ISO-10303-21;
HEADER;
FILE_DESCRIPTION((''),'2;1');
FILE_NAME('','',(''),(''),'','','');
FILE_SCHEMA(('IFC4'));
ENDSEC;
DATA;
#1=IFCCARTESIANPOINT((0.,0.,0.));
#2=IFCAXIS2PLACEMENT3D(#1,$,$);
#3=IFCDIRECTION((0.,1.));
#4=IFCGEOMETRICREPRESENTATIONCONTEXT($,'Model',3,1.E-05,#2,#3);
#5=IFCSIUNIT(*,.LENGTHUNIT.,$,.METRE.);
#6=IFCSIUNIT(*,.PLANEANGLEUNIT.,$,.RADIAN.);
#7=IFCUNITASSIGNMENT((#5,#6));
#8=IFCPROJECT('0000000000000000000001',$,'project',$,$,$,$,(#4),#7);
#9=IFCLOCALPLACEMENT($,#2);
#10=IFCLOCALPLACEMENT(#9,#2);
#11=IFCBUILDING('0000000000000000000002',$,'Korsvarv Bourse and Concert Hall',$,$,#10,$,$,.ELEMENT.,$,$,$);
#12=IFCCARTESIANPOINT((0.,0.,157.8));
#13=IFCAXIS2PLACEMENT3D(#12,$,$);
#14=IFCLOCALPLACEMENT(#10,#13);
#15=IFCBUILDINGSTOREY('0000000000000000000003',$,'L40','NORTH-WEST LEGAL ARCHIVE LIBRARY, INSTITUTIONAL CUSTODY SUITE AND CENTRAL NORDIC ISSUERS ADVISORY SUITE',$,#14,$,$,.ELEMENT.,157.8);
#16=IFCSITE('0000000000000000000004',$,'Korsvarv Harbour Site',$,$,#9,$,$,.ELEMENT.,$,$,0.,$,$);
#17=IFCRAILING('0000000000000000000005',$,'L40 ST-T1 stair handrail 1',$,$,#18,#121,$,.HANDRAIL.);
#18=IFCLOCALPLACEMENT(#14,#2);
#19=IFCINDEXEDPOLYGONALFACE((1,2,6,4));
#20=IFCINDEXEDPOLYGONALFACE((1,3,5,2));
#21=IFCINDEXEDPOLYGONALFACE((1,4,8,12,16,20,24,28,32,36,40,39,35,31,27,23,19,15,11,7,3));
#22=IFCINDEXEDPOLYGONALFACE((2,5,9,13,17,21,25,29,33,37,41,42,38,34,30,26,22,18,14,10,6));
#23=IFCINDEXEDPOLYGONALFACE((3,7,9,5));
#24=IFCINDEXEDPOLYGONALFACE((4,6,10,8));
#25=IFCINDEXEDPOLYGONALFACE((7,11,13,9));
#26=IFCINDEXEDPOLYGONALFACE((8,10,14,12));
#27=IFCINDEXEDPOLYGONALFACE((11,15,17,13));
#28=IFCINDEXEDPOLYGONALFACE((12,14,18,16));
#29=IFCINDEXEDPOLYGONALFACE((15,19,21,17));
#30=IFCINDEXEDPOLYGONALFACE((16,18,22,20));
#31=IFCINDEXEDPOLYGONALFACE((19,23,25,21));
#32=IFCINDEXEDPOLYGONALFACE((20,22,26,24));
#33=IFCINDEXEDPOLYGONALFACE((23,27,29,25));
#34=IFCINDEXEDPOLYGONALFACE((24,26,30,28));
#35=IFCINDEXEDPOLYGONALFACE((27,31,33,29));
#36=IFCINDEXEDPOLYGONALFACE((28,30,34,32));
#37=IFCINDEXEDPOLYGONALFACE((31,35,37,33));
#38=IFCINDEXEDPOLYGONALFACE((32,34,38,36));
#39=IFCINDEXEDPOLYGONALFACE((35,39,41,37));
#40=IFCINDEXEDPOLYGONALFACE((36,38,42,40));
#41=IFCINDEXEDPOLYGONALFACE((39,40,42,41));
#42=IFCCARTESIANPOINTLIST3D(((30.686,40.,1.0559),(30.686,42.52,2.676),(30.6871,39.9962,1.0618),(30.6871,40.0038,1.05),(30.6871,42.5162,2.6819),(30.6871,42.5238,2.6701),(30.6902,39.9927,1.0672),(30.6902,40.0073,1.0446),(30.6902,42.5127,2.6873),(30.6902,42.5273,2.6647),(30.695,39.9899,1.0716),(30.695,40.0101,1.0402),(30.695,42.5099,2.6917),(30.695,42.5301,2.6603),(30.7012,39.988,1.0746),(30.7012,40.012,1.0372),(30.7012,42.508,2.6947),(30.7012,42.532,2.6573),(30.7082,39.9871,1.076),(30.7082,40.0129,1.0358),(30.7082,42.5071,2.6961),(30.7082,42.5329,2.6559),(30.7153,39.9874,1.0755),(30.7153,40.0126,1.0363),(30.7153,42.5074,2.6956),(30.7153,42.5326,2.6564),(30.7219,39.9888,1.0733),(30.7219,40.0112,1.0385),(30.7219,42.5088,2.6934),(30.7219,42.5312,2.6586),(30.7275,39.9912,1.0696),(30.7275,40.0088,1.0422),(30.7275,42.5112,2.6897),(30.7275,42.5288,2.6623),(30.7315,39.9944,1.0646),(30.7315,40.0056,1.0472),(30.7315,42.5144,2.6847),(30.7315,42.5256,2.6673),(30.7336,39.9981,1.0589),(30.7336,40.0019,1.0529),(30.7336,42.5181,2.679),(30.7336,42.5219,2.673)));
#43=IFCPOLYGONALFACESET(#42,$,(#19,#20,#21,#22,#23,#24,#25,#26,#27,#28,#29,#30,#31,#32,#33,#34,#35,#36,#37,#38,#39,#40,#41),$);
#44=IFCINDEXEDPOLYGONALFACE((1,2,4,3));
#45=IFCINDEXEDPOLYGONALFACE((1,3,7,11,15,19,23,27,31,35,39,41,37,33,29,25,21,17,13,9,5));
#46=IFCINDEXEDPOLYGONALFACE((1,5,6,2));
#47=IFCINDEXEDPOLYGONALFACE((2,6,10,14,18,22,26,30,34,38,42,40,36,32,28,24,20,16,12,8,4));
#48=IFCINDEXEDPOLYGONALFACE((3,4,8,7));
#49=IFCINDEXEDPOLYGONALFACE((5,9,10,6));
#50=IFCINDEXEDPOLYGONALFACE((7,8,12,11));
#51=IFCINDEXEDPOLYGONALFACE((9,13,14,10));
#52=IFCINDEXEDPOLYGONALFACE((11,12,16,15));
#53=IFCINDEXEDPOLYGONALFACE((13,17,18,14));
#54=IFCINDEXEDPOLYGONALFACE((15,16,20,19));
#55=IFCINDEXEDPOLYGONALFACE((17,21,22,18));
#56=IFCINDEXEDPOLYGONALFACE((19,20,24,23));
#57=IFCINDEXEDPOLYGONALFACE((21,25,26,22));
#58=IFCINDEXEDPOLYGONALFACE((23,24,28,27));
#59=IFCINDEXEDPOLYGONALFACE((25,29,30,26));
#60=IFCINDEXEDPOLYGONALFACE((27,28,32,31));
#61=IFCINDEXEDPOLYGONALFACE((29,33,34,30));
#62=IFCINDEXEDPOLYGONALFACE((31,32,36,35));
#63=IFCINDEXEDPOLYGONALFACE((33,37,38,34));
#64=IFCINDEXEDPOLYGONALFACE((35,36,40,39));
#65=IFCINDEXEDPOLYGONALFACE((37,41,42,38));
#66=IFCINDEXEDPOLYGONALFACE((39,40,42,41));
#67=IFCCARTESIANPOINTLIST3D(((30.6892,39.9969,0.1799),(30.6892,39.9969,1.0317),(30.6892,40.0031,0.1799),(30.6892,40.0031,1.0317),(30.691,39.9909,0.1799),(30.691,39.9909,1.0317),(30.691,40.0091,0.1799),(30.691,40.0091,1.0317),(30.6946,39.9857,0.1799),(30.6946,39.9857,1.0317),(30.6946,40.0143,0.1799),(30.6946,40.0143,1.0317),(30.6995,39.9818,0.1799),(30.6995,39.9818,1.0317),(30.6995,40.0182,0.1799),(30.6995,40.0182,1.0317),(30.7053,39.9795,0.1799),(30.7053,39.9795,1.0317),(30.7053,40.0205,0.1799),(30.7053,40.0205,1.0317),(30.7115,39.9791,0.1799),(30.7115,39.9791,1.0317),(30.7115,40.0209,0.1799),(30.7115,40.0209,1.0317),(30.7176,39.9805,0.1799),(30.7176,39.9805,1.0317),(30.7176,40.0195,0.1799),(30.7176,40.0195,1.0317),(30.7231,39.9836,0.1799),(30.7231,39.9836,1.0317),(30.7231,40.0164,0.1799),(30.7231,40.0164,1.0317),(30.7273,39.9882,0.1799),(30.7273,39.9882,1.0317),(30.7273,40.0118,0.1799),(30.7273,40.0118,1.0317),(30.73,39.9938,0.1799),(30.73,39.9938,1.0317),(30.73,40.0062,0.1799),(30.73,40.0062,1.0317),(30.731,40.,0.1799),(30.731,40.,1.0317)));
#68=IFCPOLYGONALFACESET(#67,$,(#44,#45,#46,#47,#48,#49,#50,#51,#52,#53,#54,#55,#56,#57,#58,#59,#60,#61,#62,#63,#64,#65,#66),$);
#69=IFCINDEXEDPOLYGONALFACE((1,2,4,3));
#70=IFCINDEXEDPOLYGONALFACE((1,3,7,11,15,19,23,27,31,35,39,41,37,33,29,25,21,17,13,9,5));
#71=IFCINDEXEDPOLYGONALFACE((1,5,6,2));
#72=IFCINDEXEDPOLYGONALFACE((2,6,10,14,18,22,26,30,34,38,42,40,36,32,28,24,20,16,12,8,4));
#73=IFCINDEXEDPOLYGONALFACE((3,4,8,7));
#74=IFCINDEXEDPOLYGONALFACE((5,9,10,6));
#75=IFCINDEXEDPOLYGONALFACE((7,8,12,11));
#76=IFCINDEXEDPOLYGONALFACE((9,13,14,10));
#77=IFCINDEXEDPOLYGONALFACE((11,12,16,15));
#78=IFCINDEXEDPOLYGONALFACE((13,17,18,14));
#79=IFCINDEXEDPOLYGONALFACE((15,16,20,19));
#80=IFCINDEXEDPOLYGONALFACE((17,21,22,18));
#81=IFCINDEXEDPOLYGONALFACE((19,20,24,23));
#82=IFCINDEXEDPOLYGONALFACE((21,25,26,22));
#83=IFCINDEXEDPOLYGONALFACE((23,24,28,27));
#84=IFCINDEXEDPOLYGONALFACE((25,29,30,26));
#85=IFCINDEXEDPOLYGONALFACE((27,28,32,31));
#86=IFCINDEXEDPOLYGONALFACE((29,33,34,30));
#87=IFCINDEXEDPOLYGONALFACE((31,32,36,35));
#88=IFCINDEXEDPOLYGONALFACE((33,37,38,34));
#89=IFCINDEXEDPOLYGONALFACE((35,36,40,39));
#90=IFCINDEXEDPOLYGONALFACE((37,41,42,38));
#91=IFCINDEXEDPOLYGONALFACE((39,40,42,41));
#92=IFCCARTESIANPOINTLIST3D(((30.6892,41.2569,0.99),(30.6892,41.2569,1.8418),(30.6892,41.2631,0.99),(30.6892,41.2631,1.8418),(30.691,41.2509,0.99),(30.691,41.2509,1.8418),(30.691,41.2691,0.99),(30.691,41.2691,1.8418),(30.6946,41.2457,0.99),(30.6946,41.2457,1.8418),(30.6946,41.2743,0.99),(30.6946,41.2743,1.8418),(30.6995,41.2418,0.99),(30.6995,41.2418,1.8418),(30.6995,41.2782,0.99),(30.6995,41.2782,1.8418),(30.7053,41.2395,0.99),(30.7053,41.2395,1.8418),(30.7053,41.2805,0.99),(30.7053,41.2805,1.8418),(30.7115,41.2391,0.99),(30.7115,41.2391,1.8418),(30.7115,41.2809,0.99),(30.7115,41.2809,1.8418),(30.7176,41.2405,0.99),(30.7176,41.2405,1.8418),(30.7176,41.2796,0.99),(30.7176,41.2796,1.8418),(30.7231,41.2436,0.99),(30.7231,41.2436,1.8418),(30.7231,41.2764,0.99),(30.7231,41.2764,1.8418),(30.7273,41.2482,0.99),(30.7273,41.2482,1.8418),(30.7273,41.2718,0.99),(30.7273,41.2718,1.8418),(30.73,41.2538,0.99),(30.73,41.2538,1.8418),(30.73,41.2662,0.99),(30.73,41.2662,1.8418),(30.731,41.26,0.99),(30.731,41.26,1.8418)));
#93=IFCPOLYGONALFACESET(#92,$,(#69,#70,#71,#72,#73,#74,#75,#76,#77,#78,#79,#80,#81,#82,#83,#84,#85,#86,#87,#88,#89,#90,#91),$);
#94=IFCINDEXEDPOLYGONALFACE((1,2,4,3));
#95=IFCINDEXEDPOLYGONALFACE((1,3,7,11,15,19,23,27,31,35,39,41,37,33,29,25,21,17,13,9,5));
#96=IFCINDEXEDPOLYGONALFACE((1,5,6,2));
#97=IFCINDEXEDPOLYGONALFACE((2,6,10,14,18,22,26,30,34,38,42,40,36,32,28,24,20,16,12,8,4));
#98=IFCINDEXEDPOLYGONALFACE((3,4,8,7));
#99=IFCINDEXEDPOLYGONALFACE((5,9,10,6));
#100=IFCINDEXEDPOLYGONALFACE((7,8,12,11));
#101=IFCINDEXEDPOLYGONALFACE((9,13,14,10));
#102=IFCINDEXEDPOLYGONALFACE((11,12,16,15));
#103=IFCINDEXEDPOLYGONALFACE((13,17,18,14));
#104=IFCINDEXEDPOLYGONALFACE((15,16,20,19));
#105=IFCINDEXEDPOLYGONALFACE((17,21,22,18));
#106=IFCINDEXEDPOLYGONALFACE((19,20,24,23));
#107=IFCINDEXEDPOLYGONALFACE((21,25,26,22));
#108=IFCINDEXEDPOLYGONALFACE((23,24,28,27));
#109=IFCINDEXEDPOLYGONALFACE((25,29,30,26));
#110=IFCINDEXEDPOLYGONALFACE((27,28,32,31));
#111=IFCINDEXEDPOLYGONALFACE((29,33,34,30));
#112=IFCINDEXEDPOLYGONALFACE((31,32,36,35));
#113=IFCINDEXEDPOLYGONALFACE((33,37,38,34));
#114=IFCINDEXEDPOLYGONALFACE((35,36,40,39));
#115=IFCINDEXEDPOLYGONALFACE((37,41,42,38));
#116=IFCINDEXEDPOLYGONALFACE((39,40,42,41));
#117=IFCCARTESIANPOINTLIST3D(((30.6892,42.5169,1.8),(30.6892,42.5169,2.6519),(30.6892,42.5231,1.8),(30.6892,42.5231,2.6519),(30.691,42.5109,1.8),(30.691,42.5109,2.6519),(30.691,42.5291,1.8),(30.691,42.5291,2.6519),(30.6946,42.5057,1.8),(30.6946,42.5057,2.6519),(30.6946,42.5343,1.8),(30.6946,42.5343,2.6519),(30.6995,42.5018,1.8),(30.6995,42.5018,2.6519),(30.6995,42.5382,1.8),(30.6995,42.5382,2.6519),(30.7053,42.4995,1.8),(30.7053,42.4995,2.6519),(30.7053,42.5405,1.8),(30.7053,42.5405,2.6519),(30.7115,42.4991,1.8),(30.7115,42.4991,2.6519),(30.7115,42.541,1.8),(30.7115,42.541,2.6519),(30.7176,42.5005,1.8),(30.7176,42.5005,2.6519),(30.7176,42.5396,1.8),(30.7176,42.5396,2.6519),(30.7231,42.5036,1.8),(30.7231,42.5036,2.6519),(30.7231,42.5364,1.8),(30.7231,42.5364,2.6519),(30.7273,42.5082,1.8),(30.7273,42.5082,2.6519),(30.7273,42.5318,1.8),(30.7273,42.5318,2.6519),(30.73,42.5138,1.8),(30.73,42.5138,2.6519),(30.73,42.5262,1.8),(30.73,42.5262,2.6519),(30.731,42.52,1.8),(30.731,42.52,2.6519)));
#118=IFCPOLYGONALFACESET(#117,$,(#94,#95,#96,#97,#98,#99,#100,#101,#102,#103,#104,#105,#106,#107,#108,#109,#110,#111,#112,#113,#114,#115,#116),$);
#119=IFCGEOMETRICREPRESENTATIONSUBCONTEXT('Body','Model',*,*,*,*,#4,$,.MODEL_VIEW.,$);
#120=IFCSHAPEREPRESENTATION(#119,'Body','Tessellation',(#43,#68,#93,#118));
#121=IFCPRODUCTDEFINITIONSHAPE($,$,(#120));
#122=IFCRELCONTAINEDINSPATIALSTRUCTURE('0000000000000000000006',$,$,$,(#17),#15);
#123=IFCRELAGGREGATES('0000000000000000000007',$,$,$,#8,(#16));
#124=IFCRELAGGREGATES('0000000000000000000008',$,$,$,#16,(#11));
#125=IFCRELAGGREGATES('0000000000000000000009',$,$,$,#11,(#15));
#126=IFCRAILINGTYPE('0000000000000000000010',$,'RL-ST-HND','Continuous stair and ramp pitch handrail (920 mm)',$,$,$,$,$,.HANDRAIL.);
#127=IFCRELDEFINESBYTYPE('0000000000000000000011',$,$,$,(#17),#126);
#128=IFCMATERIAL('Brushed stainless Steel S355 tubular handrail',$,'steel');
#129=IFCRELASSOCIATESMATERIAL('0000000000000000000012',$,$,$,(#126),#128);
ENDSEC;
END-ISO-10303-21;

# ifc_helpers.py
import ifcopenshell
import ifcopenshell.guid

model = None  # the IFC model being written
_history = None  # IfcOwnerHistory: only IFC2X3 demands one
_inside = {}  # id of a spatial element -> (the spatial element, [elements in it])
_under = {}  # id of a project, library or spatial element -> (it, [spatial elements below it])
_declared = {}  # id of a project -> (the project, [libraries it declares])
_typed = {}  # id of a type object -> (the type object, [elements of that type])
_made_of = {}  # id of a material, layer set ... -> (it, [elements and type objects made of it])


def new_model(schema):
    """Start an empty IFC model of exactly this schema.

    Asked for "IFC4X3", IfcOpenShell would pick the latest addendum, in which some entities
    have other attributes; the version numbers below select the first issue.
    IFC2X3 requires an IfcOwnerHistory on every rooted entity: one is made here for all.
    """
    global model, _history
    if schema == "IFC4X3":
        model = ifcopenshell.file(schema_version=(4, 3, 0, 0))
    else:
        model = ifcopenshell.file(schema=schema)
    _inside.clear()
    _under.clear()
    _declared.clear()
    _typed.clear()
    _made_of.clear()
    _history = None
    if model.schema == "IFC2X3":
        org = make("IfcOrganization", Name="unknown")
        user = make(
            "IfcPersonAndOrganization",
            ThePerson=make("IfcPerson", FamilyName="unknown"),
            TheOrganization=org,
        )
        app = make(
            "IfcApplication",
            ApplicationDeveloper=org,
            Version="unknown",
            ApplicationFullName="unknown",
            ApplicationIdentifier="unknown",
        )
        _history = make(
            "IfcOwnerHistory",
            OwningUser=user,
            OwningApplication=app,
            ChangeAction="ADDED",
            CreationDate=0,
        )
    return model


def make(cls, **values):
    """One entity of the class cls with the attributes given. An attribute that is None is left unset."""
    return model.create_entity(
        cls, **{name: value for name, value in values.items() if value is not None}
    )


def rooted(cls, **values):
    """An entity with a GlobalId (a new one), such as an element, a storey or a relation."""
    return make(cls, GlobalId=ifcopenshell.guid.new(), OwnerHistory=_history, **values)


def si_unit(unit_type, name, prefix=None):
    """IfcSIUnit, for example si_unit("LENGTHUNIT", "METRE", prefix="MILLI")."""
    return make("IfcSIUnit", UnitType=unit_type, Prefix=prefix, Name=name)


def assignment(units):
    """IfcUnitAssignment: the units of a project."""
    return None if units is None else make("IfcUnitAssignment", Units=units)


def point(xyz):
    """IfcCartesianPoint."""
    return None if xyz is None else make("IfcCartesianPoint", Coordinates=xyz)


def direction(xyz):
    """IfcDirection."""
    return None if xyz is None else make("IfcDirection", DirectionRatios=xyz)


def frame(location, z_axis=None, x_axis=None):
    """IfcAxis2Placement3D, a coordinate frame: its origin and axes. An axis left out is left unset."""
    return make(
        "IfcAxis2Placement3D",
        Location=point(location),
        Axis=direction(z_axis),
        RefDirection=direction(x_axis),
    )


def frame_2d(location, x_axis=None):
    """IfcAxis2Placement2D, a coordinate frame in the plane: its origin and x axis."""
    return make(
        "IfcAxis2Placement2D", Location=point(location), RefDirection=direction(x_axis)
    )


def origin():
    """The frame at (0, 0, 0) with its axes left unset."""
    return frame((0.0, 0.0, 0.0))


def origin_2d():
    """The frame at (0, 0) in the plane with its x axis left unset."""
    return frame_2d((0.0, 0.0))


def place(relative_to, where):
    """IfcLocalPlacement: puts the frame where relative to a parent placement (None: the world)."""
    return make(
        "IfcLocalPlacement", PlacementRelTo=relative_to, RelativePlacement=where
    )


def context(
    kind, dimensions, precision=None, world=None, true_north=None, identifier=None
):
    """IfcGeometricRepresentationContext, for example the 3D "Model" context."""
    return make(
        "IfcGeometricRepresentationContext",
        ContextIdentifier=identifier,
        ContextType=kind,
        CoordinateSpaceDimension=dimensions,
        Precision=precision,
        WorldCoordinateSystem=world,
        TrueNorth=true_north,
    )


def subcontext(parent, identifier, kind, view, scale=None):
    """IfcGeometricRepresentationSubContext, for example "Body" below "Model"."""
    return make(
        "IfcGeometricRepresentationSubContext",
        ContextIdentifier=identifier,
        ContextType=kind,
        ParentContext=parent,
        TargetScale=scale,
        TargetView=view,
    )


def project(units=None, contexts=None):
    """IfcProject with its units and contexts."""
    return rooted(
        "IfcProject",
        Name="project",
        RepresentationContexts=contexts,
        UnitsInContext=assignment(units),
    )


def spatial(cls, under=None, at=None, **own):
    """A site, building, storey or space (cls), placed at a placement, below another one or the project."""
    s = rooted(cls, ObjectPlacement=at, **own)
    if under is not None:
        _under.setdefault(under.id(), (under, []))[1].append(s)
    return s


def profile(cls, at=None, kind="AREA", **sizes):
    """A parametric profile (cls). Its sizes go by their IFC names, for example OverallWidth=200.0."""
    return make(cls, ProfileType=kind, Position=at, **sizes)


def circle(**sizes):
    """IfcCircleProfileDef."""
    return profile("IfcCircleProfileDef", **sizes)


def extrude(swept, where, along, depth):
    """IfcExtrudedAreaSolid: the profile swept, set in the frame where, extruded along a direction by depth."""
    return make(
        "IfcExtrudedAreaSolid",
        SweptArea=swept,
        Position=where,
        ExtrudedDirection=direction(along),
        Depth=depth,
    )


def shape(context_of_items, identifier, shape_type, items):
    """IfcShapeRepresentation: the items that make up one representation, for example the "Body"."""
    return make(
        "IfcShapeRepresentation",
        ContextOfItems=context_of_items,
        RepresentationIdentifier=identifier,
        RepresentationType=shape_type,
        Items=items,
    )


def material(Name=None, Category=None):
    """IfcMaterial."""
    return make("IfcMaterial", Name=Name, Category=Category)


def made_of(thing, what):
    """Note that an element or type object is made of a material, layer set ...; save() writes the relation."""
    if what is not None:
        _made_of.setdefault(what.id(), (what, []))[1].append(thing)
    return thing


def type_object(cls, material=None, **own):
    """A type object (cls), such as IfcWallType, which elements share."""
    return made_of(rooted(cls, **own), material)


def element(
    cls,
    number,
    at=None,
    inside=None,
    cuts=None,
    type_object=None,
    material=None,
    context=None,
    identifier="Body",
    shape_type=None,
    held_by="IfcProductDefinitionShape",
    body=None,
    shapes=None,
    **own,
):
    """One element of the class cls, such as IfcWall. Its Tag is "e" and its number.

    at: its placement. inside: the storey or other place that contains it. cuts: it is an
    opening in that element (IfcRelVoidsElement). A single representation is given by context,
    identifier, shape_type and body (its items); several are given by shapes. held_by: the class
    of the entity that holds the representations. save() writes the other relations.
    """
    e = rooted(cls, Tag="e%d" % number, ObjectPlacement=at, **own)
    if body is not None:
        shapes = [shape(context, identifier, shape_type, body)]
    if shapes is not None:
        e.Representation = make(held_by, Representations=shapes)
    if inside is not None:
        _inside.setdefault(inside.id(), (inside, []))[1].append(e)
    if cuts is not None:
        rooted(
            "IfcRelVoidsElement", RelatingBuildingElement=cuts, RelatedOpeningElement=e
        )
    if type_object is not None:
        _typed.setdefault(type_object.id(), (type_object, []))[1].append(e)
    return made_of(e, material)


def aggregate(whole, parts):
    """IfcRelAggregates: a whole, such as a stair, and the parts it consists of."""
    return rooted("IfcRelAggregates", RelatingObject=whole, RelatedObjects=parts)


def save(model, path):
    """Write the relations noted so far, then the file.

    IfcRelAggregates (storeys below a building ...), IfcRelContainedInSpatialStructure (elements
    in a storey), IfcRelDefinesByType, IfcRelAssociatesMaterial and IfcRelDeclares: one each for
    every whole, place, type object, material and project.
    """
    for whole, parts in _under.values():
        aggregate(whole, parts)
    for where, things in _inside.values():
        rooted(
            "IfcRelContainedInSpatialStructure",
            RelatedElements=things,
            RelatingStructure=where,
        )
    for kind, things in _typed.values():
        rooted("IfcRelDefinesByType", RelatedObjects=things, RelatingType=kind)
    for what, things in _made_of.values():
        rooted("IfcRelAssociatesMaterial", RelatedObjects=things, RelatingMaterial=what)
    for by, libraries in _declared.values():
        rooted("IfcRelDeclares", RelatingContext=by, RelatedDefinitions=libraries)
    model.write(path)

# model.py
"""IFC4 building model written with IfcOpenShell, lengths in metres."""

from ifc_helpers import new_model, si_unit, direction, frame, origin, origin_2d, place, context, subcontext, project, spatial, circle, extrude, material, type_object, element, save


model = new_model("IFC4")

# Units and contexts
model_context = context("Model", 3, precision=1e-05, world=origin(), true_north=direction((0.0, 1.0)))
body_context = subcontext(model_context, "Body", "Model", "MODEL_VIEW")
ifc_project = project(units=[si_unit("LENGTHUNIT", "METRE"), si_unit("PLANEANGLEUNIT", "RADIAN")], contexts=[model_context])

# Site, building, storey
site_placement = place(None, origin())
site = spatial("IfcSite", under=ifc_project, at=site_placement, Name="Korsvarv Harbour Site", CompositionType="ELEMENT", RefElevation=0.0)
building_placement = place(site_placement, origin())
building = spatial("IfcBuilding", under=site, at=building_placement, Name="Korsvarv Bourse and Concert Hall", CompositionType="ELEMENT")
storey_placement = place(building_placement, frame((0.0, 0.0, 157.8)))
storey = spatial("IfcBuildingStorey", under=building, at=storey_placement, Name="L40", Description="NORTH-WEST LEGAL ARCHIVE LIBRARY, INSTITUTIONAL CUSTODY SUITE AND CENTRAL NORDIC ISSUERS ADVISORY SUITE", CompositionType="ELEMENT", Elevation=157.8)

# Railing
ifc_material_1 = material(Name="Brushed stainless Steel S355 tubular handrail", Category="steel")
railing_type_1 = type_object("IfcRailingType", Name="RL-ST-HND", Description="Continuous stair and ramp pitch handrail (920 mm)", PredefinedType="HANDRAIL", material=ifc_material_1)
railing_1_placement = place(storey_placement, frame((30.71, 40.0, 0.1799)))
element("IfcRailing", 1, at=railing_1_placement, inside=storey, type_object=railing_type_1, Name="L40 ST-T1 stair handrail 1", PredefinedType="HANDRAIL", context=body_context, shape_type="SweptSolid", body=[
    extrude(circle(Radius=0.0239, at=origin_2d()), frame((0.0, 0.0, 0.876), z_axis=(0.0, 0.841163, 0.540782), x_axis=(-1.0, 0.0, 0.0)), (0.0, 0.0, 1.0), 2.9958),
    extrude(circle(Radius=0.021, at=origin_2d()), origin(), (0.0, 0.0, 1.0), 0.8518),
    extrude(circle(Radius=0.021, at=origin_2d()), frame((0.0, 1.26, 0.8101)), (0.0, 0.0, 1.0), 0.8518),
    extrude(circle(Radius=0.021, at=origin_2d()), frame((0.0, 2.52, 1.6201)), (0.0, 0.0, 1.0), 0.8518),
])

save(model, "model.ifc")
